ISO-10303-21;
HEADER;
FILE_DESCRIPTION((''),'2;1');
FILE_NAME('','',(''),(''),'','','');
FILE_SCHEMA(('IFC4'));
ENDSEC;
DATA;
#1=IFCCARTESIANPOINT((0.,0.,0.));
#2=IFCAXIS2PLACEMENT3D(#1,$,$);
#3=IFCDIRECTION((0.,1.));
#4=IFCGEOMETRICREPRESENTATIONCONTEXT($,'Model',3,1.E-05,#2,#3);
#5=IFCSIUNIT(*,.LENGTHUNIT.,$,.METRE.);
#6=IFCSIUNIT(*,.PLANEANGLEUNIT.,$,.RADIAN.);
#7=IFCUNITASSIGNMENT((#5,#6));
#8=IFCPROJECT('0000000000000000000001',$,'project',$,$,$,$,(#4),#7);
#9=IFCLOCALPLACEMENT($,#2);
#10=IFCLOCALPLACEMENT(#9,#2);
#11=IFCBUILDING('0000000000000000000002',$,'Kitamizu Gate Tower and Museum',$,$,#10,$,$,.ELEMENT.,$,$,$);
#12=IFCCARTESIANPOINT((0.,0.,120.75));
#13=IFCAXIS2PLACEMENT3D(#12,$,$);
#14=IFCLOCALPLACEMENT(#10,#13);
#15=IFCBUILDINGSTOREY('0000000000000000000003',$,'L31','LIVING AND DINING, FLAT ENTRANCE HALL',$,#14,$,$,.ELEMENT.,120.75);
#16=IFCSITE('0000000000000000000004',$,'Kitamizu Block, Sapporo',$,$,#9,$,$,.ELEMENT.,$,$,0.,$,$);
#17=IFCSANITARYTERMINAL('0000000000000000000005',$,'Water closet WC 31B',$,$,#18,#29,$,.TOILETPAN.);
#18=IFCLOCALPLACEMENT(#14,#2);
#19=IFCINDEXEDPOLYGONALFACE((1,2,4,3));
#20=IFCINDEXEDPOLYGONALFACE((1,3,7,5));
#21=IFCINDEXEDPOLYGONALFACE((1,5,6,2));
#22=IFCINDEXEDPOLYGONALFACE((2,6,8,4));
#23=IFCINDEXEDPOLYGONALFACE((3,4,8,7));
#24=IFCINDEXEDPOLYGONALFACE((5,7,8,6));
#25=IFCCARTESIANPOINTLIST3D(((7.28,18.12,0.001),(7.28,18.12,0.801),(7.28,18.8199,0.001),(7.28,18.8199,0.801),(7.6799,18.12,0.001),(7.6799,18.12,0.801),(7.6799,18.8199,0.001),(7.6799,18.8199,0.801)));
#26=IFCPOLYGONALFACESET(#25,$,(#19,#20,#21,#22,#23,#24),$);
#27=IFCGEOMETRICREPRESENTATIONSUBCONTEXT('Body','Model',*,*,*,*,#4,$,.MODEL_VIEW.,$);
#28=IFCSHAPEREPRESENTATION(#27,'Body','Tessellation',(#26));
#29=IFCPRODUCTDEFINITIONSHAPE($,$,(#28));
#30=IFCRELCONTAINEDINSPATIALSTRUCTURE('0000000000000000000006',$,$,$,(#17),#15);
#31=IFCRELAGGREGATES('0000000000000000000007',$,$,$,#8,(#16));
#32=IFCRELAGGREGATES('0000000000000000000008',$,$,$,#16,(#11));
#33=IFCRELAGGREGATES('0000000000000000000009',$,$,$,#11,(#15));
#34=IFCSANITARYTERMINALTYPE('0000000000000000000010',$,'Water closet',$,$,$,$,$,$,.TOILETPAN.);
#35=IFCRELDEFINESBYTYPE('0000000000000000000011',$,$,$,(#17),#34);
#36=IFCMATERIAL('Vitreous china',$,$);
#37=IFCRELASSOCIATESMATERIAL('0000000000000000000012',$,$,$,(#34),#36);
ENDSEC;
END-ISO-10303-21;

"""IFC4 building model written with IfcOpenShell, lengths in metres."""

from ifc_helpers import new_model, si_unit, direction, frame, origin, origin_2d, place, context, subcontext, project, spatial, rectangle, extrude, material, type_object, element, save


model = new_model("IFC4")

# Units and contexts
model_context = context("Model", 3, precision=1e-05, world=origin(), true_north=direction((0.0, 1.0)))
body_context = subcontext(model_context, "Body", "Model", "MODEL_VIEW")
ifc_project = project(units=[si_unit("LENGTHUNIT", "METRE"), si_unit("PLANEANGLEUNIT", "RADIAN")], contexts=[model_context])

# Site, building, storey
site_placement = place(None, origin())
site = spatial("IfcSite", under=ifc_project, at=site_placement, Name="Kitamizu Block, Sapporo", CompositionType="ELEMENT", RefElevation=0.0)
building_placement = place(site_placement, origin())
building = spatial("IfcBuilding", under=site, at=building_placement, Name="Kitamizu Gate Tower and Museum", CompositionType="ELEMENT")
storey_placement = place(building_placement, frame((0.0, 0.0, 120.75)))
storey = spatial("IfcBuildingStorey", under=building, at=storey_placement, Name="L31", Description="LIVING AND DINING, FLAT ENTRANCE HALL", CompositionType="ELEMENT", Elevation=120.75)

# Sanitary terminal
ifc_material_1 = material(Name="Vitreous china")
sanitary_terminal_type_1 = type_object("IfcSanitaryTerminalType", Name="Water closet", PredefinedType="TOILETPAN", material=ifc_material_1)
sanitary_terminal_1_placement = place(storey_placement, frame((7.48, 18.47, 0.001), z_axis=(0.0, 0.0, 1.0), x_axis=(1.0, 0.0, 0.0)))
element("IfcSanitaryTerminal", 1, at=sanitary_terminal_1_placement, inside=storey, type_object=sanitary_terminal_type_1, Name="Water closet WC 31B", PredefinedType="TOILETPAN", context=body_context, shape_type="SweptSolid", body=[
    extrude(rectangle(XDim=0.3999, YDim=0.7, at=origin_2d()), origin(), (0.0, 0.0, 1.0), 0.8),
])

save(model, "model.ifc")
